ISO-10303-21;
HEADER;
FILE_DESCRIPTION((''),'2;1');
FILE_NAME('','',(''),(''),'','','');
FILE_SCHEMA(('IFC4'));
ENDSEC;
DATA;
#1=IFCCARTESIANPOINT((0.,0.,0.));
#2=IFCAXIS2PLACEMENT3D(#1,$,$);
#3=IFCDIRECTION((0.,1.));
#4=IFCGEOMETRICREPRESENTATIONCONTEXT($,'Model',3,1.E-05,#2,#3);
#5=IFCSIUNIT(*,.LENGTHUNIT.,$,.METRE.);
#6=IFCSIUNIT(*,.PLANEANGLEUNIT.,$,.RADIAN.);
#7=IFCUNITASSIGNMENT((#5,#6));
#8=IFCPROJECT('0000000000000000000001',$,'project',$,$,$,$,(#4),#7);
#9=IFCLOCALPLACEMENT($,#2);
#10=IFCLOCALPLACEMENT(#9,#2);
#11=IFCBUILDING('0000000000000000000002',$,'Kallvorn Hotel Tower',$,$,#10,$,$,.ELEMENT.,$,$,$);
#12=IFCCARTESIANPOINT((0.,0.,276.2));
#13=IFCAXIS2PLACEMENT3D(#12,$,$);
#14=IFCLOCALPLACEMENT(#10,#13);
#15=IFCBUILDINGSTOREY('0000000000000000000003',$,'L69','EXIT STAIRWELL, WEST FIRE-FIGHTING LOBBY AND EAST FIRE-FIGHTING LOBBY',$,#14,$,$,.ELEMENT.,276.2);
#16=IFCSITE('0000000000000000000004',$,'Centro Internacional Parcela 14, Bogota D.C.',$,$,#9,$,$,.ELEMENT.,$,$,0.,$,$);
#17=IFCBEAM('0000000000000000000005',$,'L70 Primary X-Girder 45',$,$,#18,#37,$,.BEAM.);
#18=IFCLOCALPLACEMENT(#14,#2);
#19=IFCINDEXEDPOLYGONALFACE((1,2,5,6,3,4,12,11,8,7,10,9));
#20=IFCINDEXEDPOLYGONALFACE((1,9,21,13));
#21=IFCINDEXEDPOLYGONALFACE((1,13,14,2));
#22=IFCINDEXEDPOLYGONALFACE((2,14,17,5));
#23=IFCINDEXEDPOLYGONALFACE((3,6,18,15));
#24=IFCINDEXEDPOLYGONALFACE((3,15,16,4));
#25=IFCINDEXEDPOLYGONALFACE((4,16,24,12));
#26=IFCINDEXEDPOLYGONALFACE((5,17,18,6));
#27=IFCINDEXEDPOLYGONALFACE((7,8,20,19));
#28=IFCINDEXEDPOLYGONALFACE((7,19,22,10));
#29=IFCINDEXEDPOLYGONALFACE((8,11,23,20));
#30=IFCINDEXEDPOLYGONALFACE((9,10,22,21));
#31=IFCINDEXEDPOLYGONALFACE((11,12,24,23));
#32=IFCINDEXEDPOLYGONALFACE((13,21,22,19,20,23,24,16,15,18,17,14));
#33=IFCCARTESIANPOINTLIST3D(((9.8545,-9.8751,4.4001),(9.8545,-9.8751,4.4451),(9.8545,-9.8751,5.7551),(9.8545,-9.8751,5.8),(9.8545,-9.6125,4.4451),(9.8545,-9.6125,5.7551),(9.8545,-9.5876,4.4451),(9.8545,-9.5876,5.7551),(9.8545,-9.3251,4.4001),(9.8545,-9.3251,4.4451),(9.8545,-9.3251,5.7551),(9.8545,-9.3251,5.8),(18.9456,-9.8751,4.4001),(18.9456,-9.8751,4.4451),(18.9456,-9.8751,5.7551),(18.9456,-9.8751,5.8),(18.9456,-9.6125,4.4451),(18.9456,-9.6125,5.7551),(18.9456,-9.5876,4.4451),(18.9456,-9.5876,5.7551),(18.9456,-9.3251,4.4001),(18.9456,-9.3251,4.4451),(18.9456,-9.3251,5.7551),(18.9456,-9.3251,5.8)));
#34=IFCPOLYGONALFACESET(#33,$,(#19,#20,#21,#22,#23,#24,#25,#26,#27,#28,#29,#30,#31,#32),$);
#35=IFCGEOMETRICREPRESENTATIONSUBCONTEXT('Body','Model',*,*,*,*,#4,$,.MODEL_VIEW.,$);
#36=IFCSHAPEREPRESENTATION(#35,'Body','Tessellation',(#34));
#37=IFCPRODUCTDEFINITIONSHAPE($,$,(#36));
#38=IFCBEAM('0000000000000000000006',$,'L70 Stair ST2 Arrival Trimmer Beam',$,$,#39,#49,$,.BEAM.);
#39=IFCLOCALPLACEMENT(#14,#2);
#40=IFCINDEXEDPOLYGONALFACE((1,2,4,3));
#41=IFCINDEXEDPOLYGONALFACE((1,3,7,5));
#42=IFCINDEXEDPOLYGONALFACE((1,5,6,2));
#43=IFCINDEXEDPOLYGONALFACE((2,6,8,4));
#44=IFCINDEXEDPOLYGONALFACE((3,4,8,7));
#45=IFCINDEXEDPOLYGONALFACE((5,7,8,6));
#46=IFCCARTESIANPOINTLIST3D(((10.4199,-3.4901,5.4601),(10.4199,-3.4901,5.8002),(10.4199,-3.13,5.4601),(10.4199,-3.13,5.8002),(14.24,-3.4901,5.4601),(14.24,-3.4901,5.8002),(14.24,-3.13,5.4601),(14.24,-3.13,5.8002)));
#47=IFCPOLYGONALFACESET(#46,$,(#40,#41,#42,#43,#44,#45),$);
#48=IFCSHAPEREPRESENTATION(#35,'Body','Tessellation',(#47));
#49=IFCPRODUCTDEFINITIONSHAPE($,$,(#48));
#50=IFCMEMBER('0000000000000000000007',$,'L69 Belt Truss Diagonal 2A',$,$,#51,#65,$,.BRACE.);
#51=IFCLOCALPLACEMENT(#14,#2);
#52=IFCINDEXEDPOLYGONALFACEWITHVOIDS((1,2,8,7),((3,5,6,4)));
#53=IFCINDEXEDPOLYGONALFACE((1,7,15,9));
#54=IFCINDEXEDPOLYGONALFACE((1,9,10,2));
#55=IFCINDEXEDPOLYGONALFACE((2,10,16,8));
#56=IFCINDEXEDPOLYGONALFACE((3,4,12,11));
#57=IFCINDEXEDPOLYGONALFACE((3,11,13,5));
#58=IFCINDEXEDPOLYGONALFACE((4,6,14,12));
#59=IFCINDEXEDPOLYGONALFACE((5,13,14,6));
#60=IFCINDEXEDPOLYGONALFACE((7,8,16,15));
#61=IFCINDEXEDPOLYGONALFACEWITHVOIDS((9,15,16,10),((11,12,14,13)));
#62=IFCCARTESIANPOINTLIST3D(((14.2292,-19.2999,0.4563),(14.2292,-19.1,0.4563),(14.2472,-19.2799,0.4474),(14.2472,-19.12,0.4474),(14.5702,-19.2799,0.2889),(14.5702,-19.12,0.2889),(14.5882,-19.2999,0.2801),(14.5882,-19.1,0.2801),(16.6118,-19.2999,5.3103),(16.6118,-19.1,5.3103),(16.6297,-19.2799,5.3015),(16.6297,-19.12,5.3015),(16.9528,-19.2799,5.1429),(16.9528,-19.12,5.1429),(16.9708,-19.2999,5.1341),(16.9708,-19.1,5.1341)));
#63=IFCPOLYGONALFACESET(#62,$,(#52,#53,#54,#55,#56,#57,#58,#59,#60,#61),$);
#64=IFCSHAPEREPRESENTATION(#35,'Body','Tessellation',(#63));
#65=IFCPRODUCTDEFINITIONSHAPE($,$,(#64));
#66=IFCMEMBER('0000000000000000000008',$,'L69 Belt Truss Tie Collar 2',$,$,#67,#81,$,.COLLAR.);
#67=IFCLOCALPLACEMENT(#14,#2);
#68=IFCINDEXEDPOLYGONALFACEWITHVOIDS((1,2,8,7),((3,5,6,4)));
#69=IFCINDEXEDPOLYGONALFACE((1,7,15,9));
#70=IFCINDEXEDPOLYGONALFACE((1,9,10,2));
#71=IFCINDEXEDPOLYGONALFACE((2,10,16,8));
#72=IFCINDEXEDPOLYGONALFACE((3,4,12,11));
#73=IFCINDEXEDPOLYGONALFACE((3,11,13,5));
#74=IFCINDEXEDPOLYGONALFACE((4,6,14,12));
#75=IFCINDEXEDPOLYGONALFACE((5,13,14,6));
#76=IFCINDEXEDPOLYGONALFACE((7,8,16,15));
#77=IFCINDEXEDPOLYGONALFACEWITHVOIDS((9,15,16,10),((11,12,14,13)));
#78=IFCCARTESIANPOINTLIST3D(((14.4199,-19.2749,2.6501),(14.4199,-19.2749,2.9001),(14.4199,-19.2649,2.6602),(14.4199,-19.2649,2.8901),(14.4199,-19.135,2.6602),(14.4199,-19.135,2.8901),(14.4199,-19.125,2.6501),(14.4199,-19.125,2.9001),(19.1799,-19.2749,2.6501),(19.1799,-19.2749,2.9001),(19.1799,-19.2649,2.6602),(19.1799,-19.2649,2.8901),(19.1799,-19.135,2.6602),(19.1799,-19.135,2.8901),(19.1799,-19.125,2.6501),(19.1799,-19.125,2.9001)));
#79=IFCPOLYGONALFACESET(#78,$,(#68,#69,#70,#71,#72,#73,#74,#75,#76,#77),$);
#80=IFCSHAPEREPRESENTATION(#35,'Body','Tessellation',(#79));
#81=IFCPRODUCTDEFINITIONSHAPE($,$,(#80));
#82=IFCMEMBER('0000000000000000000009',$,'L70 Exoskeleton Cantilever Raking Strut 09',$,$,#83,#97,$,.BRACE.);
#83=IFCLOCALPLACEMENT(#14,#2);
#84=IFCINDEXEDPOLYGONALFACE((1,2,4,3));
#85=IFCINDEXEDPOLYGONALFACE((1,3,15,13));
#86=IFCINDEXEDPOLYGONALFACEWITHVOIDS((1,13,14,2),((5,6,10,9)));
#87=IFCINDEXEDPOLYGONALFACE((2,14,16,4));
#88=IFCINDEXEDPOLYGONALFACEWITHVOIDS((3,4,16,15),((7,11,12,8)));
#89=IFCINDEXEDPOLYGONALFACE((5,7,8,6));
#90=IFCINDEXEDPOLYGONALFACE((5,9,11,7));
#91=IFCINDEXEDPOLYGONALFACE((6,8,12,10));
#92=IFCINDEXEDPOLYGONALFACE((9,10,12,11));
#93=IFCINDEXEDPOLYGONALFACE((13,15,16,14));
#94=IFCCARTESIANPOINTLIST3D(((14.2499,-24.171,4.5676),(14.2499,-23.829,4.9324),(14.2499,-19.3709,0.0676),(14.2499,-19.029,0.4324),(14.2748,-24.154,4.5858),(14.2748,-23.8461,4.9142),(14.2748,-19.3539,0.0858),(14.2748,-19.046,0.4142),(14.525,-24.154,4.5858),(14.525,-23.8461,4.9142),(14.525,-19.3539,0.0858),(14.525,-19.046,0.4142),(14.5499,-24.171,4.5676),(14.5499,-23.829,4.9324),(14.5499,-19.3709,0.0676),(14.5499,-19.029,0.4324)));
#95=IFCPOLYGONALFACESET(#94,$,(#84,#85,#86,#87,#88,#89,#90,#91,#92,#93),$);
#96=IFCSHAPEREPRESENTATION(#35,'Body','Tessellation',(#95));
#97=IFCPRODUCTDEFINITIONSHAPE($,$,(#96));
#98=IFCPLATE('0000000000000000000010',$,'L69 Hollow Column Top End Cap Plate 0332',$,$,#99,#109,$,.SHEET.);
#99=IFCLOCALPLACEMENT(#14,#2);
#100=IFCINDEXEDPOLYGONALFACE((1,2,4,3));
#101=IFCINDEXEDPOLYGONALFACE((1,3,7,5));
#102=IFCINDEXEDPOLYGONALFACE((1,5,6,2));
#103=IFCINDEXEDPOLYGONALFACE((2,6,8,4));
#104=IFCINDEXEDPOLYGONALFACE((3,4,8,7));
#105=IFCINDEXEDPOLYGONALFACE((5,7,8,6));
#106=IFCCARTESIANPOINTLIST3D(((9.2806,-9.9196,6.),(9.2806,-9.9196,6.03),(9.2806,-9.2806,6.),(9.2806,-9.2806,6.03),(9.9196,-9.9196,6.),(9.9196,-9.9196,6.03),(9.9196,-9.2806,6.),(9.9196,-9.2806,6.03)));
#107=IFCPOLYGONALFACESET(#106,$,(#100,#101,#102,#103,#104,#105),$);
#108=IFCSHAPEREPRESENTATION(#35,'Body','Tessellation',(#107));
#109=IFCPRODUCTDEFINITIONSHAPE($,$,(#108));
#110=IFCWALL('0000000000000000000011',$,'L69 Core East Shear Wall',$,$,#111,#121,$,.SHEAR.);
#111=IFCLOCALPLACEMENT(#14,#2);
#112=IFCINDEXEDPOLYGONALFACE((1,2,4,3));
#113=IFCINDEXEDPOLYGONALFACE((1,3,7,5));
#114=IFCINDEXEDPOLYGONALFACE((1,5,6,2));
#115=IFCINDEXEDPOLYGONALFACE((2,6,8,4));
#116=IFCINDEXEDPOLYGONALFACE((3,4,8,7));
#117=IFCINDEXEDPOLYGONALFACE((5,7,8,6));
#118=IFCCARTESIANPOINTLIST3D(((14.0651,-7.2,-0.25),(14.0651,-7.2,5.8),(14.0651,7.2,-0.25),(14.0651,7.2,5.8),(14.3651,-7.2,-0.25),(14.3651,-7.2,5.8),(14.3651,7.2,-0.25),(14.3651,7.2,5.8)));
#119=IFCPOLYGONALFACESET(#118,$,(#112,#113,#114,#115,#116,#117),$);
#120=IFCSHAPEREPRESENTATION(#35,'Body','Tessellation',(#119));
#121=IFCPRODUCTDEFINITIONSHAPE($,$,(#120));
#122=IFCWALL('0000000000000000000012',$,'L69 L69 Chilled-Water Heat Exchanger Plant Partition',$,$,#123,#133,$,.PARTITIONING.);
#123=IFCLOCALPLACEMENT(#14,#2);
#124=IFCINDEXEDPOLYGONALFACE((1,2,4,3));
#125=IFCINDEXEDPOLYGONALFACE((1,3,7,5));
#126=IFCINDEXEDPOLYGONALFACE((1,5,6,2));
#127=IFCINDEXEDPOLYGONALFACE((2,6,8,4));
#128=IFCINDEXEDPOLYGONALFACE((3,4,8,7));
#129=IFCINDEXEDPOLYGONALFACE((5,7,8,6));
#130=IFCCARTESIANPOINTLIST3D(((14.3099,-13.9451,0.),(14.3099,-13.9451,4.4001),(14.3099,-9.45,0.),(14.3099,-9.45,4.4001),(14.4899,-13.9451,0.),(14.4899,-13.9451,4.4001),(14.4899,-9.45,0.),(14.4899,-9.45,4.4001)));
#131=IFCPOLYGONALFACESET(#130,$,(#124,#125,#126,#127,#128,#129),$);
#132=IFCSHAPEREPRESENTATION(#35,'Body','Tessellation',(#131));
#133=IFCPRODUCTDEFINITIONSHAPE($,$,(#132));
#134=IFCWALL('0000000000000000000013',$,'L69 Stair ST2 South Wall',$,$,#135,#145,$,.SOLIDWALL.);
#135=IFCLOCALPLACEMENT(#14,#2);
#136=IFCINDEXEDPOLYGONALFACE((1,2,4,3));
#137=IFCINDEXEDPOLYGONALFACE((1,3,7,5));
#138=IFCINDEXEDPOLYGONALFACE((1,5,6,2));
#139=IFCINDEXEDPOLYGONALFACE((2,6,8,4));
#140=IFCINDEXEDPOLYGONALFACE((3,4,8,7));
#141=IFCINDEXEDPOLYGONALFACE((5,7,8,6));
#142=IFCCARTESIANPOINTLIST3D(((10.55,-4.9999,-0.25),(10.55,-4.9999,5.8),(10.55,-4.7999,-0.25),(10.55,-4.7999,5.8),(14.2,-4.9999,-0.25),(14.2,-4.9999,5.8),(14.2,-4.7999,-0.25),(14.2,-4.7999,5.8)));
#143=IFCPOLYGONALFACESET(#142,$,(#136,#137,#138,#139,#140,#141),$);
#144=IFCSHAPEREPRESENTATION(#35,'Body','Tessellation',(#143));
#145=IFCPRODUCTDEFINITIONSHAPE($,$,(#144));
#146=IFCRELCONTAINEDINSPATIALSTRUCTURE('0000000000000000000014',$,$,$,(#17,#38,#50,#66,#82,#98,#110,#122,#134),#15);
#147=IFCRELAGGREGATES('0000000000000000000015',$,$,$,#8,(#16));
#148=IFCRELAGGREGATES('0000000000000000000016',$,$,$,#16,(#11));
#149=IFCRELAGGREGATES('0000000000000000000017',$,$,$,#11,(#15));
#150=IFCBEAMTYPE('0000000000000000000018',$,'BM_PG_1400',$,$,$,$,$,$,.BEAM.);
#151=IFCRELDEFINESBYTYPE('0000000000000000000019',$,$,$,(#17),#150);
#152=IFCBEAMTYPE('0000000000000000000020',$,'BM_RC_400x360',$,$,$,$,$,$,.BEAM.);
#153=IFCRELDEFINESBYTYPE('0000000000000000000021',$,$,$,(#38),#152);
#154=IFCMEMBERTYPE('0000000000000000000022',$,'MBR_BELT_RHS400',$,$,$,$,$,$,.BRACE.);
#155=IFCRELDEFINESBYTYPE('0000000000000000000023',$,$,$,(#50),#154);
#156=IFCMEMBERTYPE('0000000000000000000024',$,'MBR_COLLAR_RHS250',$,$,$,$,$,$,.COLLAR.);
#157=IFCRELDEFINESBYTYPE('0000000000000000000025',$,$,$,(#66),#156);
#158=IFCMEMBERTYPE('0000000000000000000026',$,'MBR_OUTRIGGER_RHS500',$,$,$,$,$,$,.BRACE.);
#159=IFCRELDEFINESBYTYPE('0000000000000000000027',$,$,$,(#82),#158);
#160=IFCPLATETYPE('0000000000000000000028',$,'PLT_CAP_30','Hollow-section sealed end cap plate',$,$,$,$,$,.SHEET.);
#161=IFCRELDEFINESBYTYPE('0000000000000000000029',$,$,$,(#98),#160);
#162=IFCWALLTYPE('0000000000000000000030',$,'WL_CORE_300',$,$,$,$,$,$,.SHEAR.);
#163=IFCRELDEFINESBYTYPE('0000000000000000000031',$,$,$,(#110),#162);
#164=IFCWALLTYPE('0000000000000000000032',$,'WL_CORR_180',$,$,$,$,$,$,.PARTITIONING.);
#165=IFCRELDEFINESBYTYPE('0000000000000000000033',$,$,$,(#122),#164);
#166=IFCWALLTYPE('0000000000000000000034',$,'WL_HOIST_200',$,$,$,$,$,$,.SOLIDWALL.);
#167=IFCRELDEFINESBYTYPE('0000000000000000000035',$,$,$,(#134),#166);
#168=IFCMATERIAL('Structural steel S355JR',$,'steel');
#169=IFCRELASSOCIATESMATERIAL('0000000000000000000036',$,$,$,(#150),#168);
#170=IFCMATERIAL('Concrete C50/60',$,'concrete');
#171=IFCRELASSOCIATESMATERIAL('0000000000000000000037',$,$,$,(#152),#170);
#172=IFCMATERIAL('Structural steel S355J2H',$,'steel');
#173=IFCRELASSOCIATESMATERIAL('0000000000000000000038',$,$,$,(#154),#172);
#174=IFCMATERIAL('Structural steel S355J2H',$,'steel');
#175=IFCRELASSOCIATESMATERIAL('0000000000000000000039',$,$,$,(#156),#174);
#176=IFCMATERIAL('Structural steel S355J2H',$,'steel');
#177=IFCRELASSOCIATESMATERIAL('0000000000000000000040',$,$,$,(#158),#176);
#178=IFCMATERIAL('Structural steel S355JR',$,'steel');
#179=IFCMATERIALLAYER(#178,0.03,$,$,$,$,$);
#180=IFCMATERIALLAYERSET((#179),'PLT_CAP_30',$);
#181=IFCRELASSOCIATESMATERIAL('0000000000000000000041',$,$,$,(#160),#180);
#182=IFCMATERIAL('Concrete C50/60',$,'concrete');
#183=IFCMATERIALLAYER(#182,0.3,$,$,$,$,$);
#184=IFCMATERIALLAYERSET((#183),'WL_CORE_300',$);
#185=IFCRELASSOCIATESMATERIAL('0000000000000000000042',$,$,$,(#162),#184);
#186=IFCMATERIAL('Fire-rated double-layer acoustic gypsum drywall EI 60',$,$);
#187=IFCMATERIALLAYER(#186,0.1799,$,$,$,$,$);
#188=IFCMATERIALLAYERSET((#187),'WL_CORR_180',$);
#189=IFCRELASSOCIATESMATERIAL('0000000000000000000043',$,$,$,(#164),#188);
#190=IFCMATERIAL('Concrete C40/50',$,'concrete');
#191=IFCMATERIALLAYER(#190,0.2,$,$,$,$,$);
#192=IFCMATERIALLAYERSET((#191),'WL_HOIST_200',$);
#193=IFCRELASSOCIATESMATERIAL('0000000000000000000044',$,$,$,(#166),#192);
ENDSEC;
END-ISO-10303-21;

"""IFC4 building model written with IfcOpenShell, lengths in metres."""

from ifc_helpers import new_model, si_unit, direction, frame, frame_2d, origin, origin_2d, place, context, subcontext, project, spatial, rectangle, hollow_rectangle, i_section, extrude, material, layer, layer_set, material_profile, profile_set, type_object, element, save


model = new_model("IFC4")

# Units and contexts
model_context = context("Model", 3, precision=1e-05, world=origin(), true_north=direction((0.0, 1.0)))
body_context = subcontext(model_context, "Body", "Model", "MODEL_VIEW")
ifc_project = project(units=[si_unit("LENGTHUNIT", "METRE"), si_unit("PLANEANGLEUNIT", "RADIAN")], contexts=[model_context])

# Site, building, storey
site_placement = place(None, origin())
site = spatial("IfcSite", under=ifc_project, at=site_placement, Name="Centro Internacional Parcela 14, Bogota D.C.", CompositionType="ELEMENT", RefElevation=0.0)
building_placement = place(site_placement, origin())
building = spatial("IfcBuilding", under=site, at=building_placement, Name="Kallvorn Hotel Tower", CompositionType="ELEMENT")
storey_placement = place(building_placement, frame((0.0, 0.0, 276.2)))
storey = spatial("IfcBuildingStorey", under=building, at=storey_placement, Name="L69", Description="EXIT STAIRWELL, WEST FIRE-FIGHTING LOBBY AND EAST FIRE-FIGHTING LOBBY", CompositionType="ELEMENT", Elevation=276.2)

# Beams
ifc_material_1 = material(Name="Structural steel S355JR", Category="steel")
ifc_material_profile_1 = material_profile(ifc_material_1, i_section(OverallWidth=0.55, OverallDepth=1.3999, WebThickness=0.0249, FlangeThickness=0.0449, at=origin_2d()), Name="PG 1400x550x25x45")
ifc_profile_set_1 = profile_set([ifc_material_profile_1], Name="Structural steel S355JR")
beam_type_1 = type_object("IfcBeamType", Name="BM_PG_1400", PredefinedType="BEAM", material=ifc_profile_set_1)
beam_1_placement = place(storey_placement, frame((9.8545, -9.6001, 5.1001), z_axis=(1.0, 0.0, 0.0), x_axis=(0.0, 1.0, 0.0)))
element("IfcBeam", 1, at=beam_1_placement, inside=storey, type_object=beam_type_1, Name="L70 Primary X-Girder 45", PredefinedType="BEAM", context=body_context, shape_type="SweptSolid", body=[
    extrude(i_section(OverallWidth=0.55, OverallDepth=1.3999, WebThickness=0.0249, FlangeThickness=0.0449, at=origin_2d()), origin(), (0.0, 0.0, 1.0), 9.0911),
])
ifc_material_2 = material(Name="Concrete C50/60", Category="concrete")
ifc_material_profile_2 = material_profile(ifc_material_2, rectangle(XDim=0.3601, YDim=0.3401, at=origin_2d()), Name="RC 360x340")
ifc_profile_set_2 = profile_set([ifc_material_profile_2], Name="Concrete C50/60")
beam_type_2 = type_object("IfcBeamType", Name="BM_RC_400x360", PredefinedType="BEAM", material=ifc_profile_set_2)
beam_2_placement = place(storey_placement, frame((14.24, -3.3101, 5.6301), z_axis=(-1.0, 0.0, 0.0), x_axis=(0.0, -1.0, 0.0)))
element("IfcBeam", 2, at=beam_2_placement, inside=storey, type_object=beam_type_2, Name="L70 Stair ST2 Arrival Trimmer Beam", PredefinedType="BEAM", context=body_context, shape_type="SweptSolid", body=[
    extrude(rectangle(XDim=0.3601, YDim=0.3401, at=origin_2d()), origin(), (0.0, 0.0, 1.0), 3.8201),
])

# Members
ifc_material_3 = material(Name="Structural steel S355J2H", Category="steel")
ifc_material_profile_3 = material_profile(ifc_material_3, hollow_rectangle(XDim=0.2, YDim=0.3999, WallThickness=0.02, at=origin_2d()), Name="RHS 400x200x20")
ifc_profile_set_3 = profile_set([ifc_material_profile_3], Name="Structural steel S355J2H")
member_type_1 = type_object("IfcMemberType", Name="MBR_BELT_RHS400", PredefinedType="BRACE", material=ifc_profile_set_3)
member_1_placement = place(storey_placement, frame((14.4087, -19.2, 0.3682), z_axis=(0.440628, 0.0, 0.89769), x_axis=(0.0, 1.0, 0.0)))
element("IfcMember", 3, at=member_1_placement, inside=storey, type_object=member_type_1, Name="L69 Belt Truss Diagonal 2A", PredefinedType="BRACE", context=body_context, shape_type="SweptSolid", body=[
    extrude(hollow_rectangle(XDim=0.2, YDim=0.3999, WallThickness=0.02, at=origin_2d()), origin(), (0.0, 0.0, 1.0), 5.4072),
])
ifc_material_4 = material(Name="Structural steel S355J2H", Category="steel")
ifc_material_profile_4 = material_profile(ifc_material_4, hollow_rectangle(XDim=0.1499, YDim=0.25, WallThickness=0.01, at=origin_2d()), Name="RHS 250x150x10")
ifc_profile_set_4 = profile_set([ifc_material_profile_4], Name="Structural steel S355J2H")
member_type_2 = type_object("IfcMemberType", Name="MBR_COLLAR_RHS250", PredefinedType="COLLAR", material=ifc_profile_set_4)
member_2_placement = place(storey_placement, frame((14.4199, -19.2, 2.7751), z_axis=(1.0, 0.0, 0.0), x_axis=(0.0, 1.0, 0.0)))
element("IfcMember", 4, at=member_2_placement, inside=storey, type_object=member_type_2, Name="L69 Belt Truss Tie Collar 2", PredefinedType="COLLAR", context=body_context, shape_type="SweptSolid", body=[
    extrude(hollow_rectangle(XDim=0.1499, YDim=0.25, WallThickness=0.01, at=origin_2d()), origin(), (0.0, 0.0, 1.0), 4.76),
])
ifc_material_5 = material(Name="Structural steel S355J2H", Category="steel")
ifc_material_profile_5 = material_profile(ifc_material_5, hollow_rectangle(XDim=0.3, YDim=0.5, WallThickness=0.0249, at=origin_2d()), Name="RHS 500x300x25")
ifc_profile_set_5 = profile_set([ifc_material_profile_5], Name="Structural steel S355J2H")
member_type_3 = type_object("IfcMemberType", Name="MBR_OUTRIGGER_RHS500", PredefinedType="BRACE", material=ifc_profile_set_5)
member_3_placement = place(storey_placement, frame((14.3999, -19.2, 0.25), z_axis=(0.0, -0.729541, 0.683937), x_axis=(1.0, 0.0, 0.0)))
element("IfcMember", 5, at=member_3_placement, inside=storey, type_object=member_type_3, Name="L70 Exoskeleton Cantilever Raking Strut 09", PredefinedType="BRACE", context=body_context, shape_type="SweptSolid", body=[
    extrude(hollow_rectangle(XDim=0.3, YDim=0.5, WallThickness=0.0249, at=origin_2d()), origin(), (0.0, 0.0, 1.0), 6.5796),
])

# Plate
ifc_material_6 = material(Name="Structural steel S355JR", Category="steel")
ifc_layer_1 = layer(ifc_material_6, 0.03)
ifc_layer_set_1 = layer_set([ifc_layer_1], Name="PLT_CAP_30")
plate_type = type_object("IfcPlateType", Name="PLT_CAP_30", Description="Hollow-section sealed end cap plate", PredefinedType="SHEET", material=ifc_layer_set_1)
plate_placement = place(storey_placement, frame((9.6001, -9.6001, 6.0), z_axis=(0.0, 0.0, 1.0), x_axis=(1.0, 0.0, 0.0)))
element("IfcPlate", 6, at=plate_placement, inside=storey, type_object=plate_type, Name="L69 Hollow Column Top End Cap Plate 0332", PredefinedType="SHEET", context=body_context, shape_type="SweptSolid", body=[
    extrude(rectangle(XDim=0.6389, YDim=0.6389, at=origin_2d()), origin(), (0.0, 0.0, 1.0), 0.03),
])

# Walls
ifc_material_7 = material(Name="Concrete C50/60", Category="concrete")
ifc_layer_2 = layer(ifc_material_7, 0.3)
ifc_layer_set_2 = layer_set([ifc_layer_2], Name="WL_CORE_300")
wall_type_1 = type_object("IfcWallType", Name="WL_CORE_300", PredefinedType="SHEAR", material=ifc_layer_set_2)
wall_1_placement = place(storey_placement, frame((14.2151, -7.2, -0.25), z_axis=(0.0, 0.0, 1.0), x_axis=(0.0, 1.0, 0.0)))
element("IfcWall", 7, at=wall_1_placement, inside=storey, type_object=wall_type_1, Name="L69 Core East Shear Wall", PredefinedType="SHEAR", context=body_context, shape_type="SweptSolid", body=[
    extrude(rectangle(XDim=14.3999, YDim=0.3, at=frame_2d((7.2, 0.0))), origin(), (0.0, 0.0, 1.0), 6.05),
])
ifc_material_8 = material(Name="Fire-rated double-layer acoustic gypsum drywall EI 60")
ifc_layer_3 = layer(ifc_material_8, 0.1799)
ifc_layer_set_3 = layer_set([ifc_layer_3], Name="WL_CORR_180")
wall_type_2 = type_object("IfcWallType", Name="WL_CORR_180", PredefinedType="PARTITIONING", material=ifc_layer_set_3)
wall_2_placement = place(storey_placement, frame((14.3999, -13.9451, 0.0), z_axis=(0.0, 0.0, 1.0), x_axis=(0.0, 1.0, 0.0)))
element("IfcWall", 8, at=wall_2_placement, inside=storey, type_object=wall_type_2, Name="L69 L69 Chilled-Water Heat Exchanger Plant Partition", PredefinedType="PARTITIONING", context=body_context, shape_type="SweptSolid", body=[
    extrude(rectangle(XDim=4.4951, YDim=0.1799, at=frame_2d((2.2476, 0.0))), origin(), (0.0, 0.0, 1.0), 4.4001),
])
ifc_material_9 = material(Name="Concrete C40/50", Category="concrete")
ifc_layer_4 = layer(ifc_material_9, 0.2)
ifc_layer_set_4 = layer_set([ifc_layer_4], Name="WL_HOIST_200")
wall_type_3 = type_object("IfcWallType", Name="WL_HOIST_200", PredefinedType="SOLIDWALL", material=ifc_layer_set_4)
wall_3_placement = place(storey_placement, frame((10.55, -4.8999, -0.25), z_axis=(0.0, 0.0, 1.0), x_axis=(1.0, 0.0, 0.0)))
element("IfcWall", 9, at=wall_3_placement, inside=storey, type_object=wall_type_3, Name="L69 Stair ST2 South Wall", PredefinedType="SOLIDWALL", context=body_context, shape_type="SweptSolid", body=[
    extrude(rectangle(XDim=3.6499, YDim=0.2, at=frame_2d((1.825, 0.0))), origin(), (0.0, 0.0, 1.0), 6.05),
])

save(model, "model.ifc")
